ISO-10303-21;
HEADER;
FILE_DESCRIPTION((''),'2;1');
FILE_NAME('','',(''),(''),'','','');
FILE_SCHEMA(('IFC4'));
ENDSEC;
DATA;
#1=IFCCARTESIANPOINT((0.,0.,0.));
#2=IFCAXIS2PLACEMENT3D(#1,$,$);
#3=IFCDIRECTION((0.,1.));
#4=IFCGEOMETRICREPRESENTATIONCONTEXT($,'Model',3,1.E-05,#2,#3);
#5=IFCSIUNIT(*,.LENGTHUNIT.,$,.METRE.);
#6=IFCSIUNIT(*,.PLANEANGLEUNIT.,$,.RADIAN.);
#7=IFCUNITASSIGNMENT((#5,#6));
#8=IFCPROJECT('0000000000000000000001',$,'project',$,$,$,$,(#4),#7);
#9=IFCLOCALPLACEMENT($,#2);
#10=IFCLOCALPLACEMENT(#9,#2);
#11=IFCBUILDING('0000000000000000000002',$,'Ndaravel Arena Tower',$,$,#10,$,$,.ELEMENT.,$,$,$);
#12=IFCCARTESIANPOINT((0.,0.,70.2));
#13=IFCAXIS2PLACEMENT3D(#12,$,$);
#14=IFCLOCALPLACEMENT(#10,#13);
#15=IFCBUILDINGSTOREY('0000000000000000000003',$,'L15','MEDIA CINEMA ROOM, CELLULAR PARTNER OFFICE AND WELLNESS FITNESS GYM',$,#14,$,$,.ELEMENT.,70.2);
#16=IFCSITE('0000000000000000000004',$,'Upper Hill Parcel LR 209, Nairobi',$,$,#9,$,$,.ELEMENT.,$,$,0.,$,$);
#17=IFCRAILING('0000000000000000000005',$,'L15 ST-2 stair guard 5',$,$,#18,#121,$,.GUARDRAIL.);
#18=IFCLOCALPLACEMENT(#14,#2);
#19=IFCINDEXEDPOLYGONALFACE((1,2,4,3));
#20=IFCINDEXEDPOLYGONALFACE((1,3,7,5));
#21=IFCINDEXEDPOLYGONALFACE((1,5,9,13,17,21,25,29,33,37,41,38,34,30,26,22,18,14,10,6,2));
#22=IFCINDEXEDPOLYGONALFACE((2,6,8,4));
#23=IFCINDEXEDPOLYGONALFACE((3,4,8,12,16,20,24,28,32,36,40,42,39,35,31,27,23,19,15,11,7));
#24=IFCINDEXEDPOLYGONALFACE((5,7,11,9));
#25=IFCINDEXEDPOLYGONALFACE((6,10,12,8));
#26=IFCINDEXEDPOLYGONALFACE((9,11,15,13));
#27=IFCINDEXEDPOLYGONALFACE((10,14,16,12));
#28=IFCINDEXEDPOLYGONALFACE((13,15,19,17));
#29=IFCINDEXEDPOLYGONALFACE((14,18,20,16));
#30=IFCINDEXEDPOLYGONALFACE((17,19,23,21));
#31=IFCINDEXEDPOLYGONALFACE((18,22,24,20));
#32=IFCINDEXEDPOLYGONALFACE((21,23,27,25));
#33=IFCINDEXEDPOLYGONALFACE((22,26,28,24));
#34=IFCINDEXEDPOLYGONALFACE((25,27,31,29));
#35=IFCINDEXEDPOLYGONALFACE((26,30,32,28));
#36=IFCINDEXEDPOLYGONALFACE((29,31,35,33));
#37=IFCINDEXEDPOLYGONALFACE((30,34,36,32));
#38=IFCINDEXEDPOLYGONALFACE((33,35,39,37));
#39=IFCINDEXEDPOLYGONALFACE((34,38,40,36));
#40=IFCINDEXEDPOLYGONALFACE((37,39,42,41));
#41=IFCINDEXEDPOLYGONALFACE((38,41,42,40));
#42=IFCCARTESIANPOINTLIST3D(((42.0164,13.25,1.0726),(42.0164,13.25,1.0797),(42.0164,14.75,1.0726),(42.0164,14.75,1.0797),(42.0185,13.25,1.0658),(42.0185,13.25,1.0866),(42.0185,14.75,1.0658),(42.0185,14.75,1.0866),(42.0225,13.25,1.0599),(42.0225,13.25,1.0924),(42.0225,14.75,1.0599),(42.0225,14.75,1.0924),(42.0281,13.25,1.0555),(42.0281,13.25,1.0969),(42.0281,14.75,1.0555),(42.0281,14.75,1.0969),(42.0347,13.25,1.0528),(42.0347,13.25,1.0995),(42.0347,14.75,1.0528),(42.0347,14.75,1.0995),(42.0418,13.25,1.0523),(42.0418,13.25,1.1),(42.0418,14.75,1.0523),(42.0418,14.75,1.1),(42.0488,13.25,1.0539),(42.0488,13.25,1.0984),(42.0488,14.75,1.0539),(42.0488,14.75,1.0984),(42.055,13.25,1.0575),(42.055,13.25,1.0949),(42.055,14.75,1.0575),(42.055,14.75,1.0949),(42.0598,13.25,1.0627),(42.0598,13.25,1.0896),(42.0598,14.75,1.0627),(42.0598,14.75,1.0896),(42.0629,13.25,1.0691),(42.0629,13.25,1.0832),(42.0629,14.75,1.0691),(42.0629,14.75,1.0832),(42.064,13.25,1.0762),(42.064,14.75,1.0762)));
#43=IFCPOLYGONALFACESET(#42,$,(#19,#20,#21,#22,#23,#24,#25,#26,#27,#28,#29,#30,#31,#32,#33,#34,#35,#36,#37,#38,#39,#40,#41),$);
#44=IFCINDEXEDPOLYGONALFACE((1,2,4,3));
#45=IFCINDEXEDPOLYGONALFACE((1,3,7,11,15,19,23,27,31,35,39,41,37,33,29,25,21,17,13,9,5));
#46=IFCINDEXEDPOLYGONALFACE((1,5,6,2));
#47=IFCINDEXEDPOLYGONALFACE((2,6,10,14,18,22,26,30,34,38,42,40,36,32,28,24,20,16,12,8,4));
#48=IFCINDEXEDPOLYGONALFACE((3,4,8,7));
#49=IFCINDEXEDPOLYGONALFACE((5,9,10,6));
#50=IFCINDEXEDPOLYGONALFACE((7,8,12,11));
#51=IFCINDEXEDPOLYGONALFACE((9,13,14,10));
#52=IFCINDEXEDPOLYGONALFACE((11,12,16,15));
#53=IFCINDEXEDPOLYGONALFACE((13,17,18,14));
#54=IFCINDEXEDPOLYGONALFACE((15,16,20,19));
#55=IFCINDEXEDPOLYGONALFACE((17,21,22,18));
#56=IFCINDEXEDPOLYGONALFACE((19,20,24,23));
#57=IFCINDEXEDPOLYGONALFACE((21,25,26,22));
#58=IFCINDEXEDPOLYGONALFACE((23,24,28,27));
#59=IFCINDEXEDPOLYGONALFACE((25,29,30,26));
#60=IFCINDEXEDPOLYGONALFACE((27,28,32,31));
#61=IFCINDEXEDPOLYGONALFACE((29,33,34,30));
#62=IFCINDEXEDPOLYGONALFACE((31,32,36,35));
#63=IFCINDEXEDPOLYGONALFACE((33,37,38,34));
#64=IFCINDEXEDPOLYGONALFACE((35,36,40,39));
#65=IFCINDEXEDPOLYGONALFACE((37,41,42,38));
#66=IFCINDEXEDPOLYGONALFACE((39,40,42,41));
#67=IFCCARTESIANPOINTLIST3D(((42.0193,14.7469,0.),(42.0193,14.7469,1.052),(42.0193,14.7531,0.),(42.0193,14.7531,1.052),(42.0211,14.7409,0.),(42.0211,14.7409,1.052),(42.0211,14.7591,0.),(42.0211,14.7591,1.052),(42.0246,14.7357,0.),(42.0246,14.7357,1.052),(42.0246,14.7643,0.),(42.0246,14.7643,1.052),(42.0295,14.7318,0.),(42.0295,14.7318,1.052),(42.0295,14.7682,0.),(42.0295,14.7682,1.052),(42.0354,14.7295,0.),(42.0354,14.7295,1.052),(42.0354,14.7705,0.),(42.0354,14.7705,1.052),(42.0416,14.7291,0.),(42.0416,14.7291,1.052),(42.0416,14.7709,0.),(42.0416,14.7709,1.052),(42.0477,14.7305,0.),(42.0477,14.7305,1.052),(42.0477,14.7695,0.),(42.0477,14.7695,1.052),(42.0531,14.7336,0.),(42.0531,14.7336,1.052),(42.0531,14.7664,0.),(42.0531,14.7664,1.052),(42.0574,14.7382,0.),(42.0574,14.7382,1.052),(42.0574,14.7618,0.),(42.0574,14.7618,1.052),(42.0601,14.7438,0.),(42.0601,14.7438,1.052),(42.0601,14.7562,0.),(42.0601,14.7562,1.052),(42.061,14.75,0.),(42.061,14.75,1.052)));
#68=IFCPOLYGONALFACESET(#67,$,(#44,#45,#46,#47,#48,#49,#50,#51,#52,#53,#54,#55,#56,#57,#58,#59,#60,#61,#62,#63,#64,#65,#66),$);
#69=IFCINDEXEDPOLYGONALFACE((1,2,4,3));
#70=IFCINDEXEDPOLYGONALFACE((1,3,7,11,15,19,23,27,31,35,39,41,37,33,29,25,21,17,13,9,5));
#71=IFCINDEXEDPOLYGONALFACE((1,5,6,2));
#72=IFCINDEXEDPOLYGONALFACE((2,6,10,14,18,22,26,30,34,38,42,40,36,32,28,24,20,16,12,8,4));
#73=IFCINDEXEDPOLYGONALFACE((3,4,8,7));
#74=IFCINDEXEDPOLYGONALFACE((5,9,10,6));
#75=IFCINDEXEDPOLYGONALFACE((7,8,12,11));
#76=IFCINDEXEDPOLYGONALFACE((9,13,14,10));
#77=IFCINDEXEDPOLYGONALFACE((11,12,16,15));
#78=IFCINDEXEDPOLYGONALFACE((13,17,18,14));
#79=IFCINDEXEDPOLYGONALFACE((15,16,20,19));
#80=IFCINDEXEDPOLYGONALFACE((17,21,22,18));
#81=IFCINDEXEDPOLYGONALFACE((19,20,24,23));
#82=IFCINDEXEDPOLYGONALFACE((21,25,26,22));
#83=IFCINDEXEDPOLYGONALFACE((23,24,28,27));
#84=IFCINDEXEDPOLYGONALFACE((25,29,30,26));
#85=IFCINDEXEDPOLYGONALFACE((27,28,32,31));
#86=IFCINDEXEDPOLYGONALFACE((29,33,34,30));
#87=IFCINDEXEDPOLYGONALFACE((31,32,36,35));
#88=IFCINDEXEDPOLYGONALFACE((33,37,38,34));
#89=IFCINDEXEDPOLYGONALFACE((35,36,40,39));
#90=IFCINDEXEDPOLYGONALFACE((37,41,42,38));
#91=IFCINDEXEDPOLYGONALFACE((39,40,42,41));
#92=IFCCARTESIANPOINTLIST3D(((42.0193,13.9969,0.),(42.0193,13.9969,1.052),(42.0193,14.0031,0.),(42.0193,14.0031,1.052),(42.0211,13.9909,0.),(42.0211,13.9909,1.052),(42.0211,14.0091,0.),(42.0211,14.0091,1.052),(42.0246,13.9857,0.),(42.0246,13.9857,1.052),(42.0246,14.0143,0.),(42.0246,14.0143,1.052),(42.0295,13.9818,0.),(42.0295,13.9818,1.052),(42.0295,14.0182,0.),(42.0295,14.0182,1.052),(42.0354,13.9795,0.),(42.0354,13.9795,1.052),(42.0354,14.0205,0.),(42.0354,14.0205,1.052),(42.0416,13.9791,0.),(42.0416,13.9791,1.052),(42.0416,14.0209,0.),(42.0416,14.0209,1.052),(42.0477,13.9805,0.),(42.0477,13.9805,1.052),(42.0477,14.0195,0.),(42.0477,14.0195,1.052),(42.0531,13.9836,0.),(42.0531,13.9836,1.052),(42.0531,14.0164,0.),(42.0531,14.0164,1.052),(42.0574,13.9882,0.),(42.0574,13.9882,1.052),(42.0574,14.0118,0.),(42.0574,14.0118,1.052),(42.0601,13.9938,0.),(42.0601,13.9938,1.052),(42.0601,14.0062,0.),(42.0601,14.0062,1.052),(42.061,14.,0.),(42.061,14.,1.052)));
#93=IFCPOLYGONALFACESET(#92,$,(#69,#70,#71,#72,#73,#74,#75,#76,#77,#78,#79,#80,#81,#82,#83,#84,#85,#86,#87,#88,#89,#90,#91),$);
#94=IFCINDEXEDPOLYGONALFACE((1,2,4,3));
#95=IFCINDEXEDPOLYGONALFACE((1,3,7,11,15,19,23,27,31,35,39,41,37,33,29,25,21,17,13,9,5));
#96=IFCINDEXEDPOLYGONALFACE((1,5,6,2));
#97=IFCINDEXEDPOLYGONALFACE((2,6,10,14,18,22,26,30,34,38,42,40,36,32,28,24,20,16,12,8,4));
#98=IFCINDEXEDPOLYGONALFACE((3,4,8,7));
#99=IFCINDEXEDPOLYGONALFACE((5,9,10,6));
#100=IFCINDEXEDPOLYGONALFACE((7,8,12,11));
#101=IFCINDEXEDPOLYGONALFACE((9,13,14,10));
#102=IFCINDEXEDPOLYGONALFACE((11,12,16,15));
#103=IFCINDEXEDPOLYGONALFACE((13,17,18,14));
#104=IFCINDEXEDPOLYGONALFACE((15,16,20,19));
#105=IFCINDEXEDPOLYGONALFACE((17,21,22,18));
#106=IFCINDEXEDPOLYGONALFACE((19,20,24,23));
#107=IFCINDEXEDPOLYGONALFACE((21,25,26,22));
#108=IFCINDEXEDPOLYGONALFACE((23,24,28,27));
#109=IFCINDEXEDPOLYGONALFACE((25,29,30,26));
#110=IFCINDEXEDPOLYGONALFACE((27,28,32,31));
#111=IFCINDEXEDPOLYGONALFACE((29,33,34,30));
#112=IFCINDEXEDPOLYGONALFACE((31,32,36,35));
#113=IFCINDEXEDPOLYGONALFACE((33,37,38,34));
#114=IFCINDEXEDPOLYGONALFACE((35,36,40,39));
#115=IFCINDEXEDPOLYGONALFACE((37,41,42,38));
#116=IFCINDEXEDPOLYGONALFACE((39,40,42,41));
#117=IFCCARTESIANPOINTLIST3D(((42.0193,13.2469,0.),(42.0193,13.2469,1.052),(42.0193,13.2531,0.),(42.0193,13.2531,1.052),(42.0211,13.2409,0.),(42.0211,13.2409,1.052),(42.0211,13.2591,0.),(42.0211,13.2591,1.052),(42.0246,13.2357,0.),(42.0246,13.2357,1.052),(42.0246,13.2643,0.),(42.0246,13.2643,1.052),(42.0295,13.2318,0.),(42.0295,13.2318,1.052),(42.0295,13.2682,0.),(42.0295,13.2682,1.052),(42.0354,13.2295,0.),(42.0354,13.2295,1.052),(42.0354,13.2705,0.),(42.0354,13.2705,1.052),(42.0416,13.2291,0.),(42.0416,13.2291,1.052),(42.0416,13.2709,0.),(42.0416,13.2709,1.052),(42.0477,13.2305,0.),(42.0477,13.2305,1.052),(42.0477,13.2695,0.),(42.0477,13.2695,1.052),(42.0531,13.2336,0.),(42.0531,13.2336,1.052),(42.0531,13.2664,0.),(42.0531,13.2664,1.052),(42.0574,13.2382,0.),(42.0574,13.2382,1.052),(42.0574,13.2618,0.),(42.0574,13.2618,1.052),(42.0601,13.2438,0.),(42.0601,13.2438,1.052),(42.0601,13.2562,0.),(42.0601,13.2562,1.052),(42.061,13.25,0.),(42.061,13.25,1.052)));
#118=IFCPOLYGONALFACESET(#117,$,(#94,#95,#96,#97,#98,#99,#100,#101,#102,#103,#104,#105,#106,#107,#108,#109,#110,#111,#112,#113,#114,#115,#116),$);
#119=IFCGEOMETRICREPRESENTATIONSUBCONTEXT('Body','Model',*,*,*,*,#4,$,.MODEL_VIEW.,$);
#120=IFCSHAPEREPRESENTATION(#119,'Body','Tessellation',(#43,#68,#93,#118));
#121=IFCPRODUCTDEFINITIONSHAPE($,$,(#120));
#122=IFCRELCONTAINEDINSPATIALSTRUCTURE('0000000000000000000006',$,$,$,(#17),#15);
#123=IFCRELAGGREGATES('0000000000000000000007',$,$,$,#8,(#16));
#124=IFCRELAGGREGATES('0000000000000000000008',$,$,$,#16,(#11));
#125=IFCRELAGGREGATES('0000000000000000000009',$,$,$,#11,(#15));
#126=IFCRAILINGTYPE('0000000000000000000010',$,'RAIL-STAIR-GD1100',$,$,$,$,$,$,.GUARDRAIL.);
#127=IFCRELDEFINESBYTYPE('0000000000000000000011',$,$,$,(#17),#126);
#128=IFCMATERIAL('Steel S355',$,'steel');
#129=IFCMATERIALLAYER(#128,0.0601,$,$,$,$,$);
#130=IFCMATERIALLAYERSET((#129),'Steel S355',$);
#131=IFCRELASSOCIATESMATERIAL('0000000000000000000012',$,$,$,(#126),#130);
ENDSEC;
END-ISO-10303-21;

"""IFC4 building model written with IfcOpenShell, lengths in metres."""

from ifc_helpers import new_model, si_unit, direction, frame, origin, origin_2d, place, context, subcontext, project, spatial, circle, extrude, material, layer, layer_set, type_object, element, save


model = new_model("IFC4")

# Units and contexts
model_context = context("Model", 3, precision=1e-05, world=origin(), true_north=direction((0.0, 1.0)))
body_context = subcontext(model_context, "Body", "Model", "MODEL_VIEW")
ifc_project = project(units=[si_unit("LENGTHUNIT", "METRE"), si_unit("PLANEANGLEUNIT", "RADIAN")], contexts=[model_context])

# Site, building, storey
site_placement = place(None, origin())
site = spatial("IfcSite", under=ifc_project, at=site_placement, Name="Upper Hill Parcel LR 209, Nairobi", CompositionType="ELEMENT", RefElevation=0.0)
building_placement = place(site_placement, origin())
building = spatial("IfcBuilding", under=site, at=building_placement, Name="Ndaravel Arena Tower", CompositionType="ELEMENT")
storey_placement = place(building_placement, frame((0.0, 0.0, 70.2)))
storey = spatial("IfcBuildingStorey", under=building, at=storey_placement, Name="L15", Description="MEDIA CINEMA ROOM, CELLULAR PARTNER OFFICE AND WELLNESS FITNESS GYM", CompositionType="ELEMENT", Elevation=70.2)

# Railing
ifc_material_1 = material(Name="Steel S355", Category="steel")
ifc_layer_1 = layer(ifc_material_1, 0.0601)
ifc_layer_set_1 = layer_set([ifc_layer_1], Name="Steel S355")
railing_type = type_object("IfcRailingType", Name="RAIL-STAIR-GD1100", PredefinedType="GUARDRAIL", material=ifc_layer_set_1)
for number, where, name in (
    (1, (42.04, 14.75, 0.0), "L15 ST-2 stair guard 5"),
):
    element("IfcRailing", number, at=place(storey_placement, frame(where)), inside=storey, type_object=railing_type, Name=name, PredefinedType="GUARDRAIL", context=body_context, shape_type="SweptSolid", body=[
        extrude(circle(Radius=0.0239, at=origin_2d()), frame((0.0, 0.0, 1.0762), z_axis=(0.0, -1.0, 0.0), x_axis=(1.0, 0.0, 0.0)), (0.0, 0.0, 1.0), 1.5),
        extrude(circle(Radius=0.021, at=origin_2d()), origin(), (0.0, 0.0, 1.0), 1.052),
        extrude(circle(Radius=0.021, at=origin_2d()), frame((0.0, -0.75, 0.0)), (0.0, 0.0, 1.0), 1.052),
        extrude(circle(Radius=0.021, at=origin_2d()), frame((0.0, -1.5, 0.0)), (0.0, 0.0, 1.0), 1.052),
    ])

save(model, "model.ifc")
